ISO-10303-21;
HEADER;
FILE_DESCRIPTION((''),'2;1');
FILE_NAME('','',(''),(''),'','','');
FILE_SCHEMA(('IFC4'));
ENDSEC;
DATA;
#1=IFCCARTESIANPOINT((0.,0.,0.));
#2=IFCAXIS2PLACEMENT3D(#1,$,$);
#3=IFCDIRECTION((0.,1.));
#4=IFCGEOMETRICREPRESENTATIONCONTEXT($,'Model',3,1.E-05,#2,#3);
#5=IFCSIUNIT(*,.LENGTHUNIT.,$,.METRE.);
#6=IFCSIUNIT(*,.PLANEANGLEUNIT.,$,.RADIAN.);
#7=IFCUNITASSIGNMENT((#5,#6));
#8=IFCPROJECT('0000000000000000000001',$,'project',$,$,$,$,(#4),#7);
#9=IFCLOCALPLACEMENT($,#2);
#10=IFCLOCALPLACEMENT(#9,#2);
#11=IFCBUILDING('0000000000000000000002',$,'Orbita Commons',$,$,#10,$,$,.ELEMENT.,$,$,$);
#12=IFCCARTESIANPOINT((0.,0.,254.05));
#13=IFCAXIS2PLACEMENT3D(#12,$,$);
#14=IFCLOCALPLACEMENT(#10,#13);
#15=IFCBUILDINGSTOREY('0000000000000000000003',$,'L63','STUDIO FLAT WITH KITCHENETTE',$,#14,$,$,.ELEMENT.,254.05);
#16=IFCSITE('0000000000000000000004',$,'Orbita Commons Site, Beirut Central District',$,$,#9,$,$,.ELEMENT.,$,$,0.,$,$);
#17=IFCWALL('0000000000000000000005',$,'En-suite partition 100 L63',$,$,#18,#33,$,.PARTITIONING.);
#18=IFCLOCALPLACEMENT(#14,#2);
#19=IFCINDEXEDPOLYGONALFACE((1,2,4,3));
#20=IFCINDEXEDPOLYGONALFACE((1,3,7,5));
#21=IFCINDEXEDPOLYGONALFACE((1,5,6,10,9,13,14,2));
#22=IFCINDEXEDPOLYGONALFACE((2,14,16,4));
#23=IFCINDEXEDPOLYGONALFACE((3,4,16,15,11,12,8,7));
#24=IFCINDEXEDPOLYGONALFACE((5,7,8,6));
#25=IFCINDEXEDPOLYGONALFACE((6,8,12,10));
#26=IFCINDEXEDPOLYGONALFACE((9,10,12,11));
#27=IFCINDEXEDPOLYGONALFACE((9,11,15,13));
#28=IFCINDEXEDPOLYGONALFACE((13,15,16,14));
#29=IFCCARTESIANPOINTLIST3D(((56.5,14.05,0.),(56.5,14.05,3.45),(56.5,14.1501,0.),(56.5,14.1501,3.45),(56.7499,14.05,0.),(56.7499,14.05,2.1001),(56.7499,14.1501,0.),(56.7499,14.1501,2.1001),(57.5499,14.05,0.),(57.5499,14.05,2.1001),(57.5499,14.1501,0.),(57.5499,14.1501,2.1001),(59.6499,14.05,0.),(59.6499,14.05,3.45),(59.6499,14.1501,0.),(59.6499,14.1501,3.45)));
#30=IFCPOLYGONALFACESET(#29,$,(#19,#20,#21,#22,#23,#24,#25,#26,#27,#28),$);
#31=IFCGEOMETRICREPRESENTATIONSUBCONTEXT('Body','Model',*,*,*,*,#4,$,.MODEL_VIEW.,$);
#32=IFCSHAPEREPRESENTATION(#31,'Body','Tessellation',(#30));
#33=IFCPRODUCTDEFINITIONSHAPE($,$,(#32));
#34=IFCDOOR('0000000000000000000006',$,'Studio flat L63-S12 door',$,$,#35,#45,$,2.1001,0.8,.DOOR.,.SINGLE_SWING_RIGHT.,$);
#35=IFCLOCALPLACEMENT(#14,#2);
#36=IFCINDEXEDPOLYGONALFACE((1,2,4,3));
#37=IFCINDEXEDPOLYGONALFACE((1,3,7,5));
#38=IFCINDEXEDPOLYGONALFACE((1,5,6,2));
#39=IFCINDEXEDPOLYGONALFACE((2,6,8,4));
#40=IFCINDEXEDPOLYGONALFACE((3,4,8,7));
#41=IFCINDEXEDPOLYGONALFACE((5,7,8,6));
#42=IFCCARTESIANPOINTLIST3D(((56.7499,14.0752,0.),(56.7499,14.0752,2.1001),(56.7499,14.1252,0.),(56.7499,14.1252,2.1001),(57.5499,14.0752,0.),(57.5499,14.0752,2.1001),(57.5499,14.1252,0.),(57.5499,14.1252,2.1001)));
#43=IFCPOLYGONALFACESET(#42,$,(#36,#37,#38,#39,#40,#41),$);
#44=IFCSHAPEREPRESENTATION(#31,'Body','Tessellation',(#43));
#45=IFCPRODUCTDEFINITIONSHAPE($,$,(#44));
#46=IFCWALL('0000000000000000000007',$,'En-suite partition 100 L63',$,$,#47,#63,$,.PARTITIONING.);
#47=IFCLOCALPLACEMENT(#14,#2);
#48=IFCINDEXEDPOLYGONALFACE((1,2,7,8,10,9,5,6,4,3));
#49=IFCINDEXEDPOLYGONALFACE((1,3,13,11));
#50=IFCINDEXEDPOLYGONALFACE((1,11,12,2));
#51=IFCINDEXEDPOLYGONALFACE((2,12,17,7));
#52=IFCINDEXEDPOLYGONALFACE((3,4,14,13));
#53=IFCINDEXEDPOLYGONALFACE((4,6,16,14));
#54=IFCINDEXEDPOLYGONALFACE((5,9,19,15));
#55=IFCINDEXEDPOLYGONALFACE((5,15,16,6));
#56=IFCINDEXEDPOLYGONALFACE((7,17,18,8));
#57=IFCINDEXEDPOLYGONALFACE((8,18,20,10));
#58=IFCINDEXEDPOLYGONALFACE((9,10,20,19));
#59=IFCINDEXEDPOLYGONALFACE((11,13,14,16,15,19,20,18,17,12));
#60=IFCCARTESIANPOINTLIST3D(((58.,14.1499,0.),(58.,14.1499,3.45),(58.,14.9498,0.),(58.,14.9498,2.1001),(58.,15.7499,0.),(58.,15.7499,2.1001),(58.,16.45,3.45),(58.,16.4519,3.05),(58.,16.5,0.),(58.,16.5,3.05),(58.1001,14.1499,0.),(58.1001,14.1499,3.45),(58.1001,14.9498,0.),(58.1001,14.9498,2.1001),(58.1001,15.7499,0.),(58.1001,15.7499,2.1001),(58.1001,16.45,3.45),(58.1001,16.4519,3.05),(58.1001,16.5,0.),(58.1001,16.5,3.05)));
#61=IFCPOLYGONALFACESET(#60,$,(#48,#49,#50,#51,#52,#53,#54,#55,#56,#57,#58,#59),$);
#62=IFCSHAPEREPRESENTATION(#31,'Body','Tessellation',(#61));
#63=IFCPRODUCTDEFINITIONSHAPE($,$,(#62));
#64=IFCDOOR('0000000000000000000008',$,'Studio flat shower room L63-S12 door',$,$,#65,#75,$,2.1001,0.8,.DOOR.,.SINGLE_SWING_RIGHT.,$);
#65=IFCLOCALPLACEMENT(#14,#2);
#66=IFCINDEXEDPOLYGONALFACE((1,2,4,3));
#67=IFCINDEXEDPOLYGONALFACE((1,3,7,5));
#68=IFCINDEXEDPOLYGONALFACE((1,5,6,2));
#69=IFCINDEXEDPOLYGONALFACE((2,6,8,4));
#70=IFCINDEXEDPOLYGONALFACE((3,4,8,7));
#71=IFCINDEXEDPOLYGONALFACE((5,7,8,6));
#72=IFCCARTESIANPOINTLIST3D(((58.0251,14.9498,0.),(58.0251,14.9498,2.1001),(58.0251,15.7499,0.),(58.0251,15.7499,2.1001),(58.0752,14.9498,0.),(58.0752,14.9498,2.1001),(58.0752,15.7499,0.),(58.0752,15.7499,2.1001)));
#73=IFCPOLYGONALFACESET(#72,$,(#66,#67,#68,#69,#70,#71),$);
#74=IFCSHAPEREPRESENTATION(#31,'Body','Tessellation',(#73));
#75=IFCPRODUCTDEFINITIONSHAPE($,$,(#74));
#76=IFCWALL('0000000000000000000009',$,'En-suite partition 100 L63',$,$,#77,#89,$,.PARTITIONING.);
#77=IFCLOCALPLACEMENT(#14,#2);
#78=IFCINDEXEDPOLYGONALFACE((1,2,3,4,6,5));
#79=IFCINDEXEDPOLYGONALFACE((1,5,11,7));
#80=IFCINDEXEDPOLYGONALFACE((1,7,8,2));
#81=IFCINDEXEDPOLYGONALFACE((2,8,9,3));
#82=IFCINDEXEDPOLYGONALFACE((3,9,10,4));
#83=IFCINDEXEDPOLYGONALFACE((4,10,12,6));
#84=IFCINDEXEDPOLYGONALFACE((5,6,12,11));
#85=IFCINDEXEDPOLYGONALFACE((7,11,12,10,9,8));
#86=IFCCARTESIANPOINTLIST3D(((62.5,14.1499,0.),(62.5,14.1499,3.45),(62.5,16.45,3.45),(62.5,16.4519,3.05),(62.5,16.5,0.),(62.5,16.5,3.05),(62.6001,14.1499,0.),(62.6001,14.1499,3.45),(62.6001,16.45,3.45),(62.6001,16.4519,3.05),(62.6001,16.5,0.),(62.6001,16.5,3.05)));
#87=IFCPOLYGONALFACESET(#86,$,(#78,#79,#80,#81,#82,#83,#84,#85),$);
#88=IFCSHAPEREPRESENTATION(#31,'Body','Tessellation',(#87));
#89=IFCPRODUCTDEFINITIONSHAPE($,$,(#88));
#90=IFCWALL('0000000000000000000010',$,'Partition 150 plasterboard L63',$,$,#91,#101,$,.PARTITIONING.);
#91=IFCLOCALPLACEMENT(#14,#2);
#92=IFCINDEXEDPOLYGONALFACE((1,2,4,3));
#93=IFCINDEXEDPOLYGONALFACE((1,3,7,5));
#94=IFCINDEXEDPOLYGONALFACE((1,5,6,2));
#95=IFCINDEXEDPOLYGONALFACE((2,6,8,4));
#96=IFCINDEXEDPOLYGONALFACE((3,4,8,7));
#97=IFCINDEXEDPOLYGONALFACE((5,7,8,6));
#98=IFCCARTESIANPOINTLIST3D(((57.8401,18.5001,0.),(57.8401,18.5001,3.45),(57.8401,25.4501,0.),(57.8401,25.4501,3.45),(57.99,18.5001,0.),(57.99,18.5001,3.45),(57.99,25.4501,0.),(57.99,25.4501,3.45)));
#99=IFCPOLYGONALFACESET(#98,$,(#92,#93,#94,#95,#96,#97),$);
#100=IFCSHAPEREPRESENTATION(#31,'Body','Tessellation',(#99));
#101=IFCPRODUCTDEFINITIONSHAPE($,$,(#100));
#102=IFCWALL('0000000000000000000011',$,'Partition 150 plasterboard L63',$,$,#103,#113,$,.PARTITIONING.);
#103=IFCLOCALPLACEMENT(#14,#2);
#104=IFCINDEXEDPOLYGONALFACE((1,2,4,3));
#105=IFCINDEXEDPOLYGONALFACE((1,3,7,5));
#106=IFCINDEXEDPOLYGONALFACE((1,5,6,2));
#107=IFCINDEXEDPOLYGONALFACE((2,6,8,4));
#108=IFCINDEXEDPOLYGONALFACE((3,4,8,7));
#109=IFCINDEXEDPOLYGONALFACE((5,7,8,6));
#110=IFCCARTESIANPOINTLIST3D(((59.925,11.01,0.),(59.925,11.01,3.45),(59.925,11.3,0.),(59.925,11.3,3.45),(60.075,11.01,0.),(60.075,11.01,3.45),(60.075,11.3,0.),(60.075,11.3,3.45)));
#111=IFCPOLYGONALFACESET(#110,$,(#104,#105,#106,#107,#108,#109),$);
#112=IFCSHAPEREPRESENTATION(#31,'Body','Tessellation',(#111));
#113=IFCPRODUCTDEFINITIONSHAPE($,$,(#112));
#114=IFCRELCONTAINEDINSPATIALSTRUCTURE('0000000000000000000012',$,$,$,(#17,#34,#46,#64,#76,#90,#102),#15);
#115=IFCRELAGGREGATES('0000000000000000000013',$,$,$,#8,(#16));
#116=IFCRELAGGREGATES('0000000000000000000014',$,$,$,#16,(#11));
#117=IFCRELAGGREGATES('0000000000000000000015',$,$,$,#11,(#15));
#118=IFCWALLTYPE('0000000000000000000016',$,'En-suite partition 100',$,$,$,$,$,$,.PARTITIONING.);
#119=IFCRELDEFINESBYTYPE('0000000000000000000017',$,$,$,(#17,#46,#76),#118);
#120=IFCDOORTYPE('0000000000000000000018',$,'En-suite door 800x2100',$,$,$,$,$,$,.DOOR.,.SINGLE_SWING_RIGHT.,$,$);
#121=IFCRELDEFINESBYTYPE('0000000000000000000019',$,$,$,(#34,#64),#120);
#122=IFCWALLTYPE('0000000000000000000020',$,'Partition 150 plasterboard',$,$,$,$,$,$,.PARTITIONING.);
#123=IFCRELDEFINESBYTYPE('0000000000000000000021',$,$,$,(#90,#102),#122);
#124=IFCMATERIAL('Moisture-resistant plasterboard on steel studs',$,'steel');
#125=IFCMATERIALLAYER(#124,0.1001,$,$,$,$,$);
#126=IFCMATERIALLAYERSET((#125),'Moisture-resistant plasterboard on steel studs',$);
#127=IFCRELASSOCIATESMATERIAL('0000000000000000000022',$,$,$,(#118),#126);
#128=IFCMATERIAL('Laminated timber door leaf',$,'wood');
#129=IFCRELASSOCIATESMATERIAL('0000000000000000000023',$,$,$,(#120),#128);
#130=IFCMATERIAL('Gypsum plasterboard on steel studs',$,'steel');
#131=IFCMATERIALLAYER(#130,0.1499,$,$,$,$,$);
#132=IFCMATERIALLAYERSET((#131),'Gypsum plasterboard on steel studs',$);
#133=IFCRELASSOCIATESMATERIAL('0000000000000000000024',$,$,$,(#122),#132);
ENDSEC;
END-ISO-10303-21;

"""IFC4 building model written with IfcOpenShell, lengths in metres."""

from ifc_helpers import new_model, si_unit, direction, frame, frame_2d, origin, place, context, subcontext, project, spatial, polyline, rectangle, outline, extrude, material, layer, layer_set, type_object, element, fill, save


model = new_model("IFC4")

# Units and contexts
model_context = context("Model", 3, precision=1e-05, world=origin(), true_north=direction((0.0, 1.0)))
body_context = subcontext(model_context, "Body", "Model", "MODEL_VIEW")
ifc_project = project(units=[si_unit("LENGTHUNIT", "METRE"), si_unit("PLANEANGLEUNIT", "RADIAN")], contexts=[model_context])

# Site, building, storey
site_placement = place(None, origin())
site = spatial("IfcSite", under=ifc_project, at=site_placement, Name="Orbita Commons Site, Beirut Central District", CompositionType="ELEMENT", RefElevation=0.0)
building_placement = place(site_placement, origin())
building = spatial("IfcBuilding", under=site, at=building_placement, Name="Orbita Commons", CompositionType="ELEMENT")
storey_placement = place(building_placement, frame((0.0, 0.0, 254.05)))
storey = spatial("IfcBuildingStorey", under=building, at=storey_placement, Name="L63", Description="STUDIO FLAT WITH KITCHENETTE", CompositionType="ELEMENT", Elevation=254.05)

# Walls, openings, doors
ifc_material_1 = material(Name="Moisture-resistant plasterboard on steel studs", Category="steel")
ifc_layer_1 = layer(ifc_material_1, 0.1001)
ifc_layer_set_1 = layer_set([ifc_layer_1], Name="Moisture-resistant plasterboard on steel studs")
wall_type_1 = type_object("IfcWallType", Name="En-suite partition 100", PredefinedType="PARTITIONING", material=ifc_layer_set_1)
wall_1_placement = place(storey_placement, frame((59.6499, 14.1001, 0.0), z_axis=(0.0, 0.0, 1.0), x_axis=(-1.0, 0.0, 0.0)))
wall_1 = element("IfcWall", 1, at=wall_1_placement, inside=storey, type_object=wall_type_1, Name="En-suite partition 100 L63", PredefinedType="PARTITIONING", context=body_context, shape_type="SweptSolid", body=[
    extrude(rectangle(XDim=3.1499, YDim=0.1001, at=frame_2d((1.575, 0.0))), origin(), (0.0, 0.0, 1.0), 3.45),
])
opening_1_placement = place(wall_1_placement, frame((2.1001, 0.0, 0.0)))
opening_1 = element("IfcOpeningElement", 2, at=opening_1_placement, cuts=wall_1, PredefinedType="OPENING", context=body_context, shape_type="SweptSolid", body=[
    extrude(rectangle(XDim=0.8, YDim=2.1001, at=frame_2d((0.3999, 1.05))), frame((0.0, 0.0601, 0.0), z_axis=(0.0, -1.0, 0.0), x_axis=(1.0, 0.0, 0.0)), (0.0, 0.0, 1.0), 0.1201),
])
ifc_material_2 = material(Name="Laminated timber door leaf", Category="wood")
door_type_1 = type_object("IfcDoorType", Name="En-suite door 800x2100", OperationType="SINGLE_SWING_RIGHT", PredefinedType="DOOR", material=ifc_material_2)
door_1_placement = place(opening_1_placement, origin())
door_1 = element("IfcDoor", 3, at=door_1_placement, inside=storey, type_object=door_type_1, Name="Studio flat L63-S12 door", OperationType="SINGLE_SWING_RIGHT", OverallHeight=2.1001, OverallWidth=0.8, PredefinedType="DOOR", context=body_context, shape_type="SweptSolid", body=[
    extrude(rectangle(XDim=0.8, YDim=2.1001, at=frame_2d((0.3999, 1.05))), frame((0.0, 0.0249, 0.0), z_axis=(0.0, -1.0, 0.0), x_axis=(1.0, 0.0, 0.0)), (0.0, 0.0, 1.0), 0.05),
])
fill(opening_1, door_1)
wall_2_placement = place(storey_placement, frame((58.05, 14.1499, 0.0), z_axis=(0.0, 0.0, 1.0), x_axis=(0.0, 1.0, 0.0)))
wall_2 = element("IfcWall", 4, at=wall_2_placement, inside=storey, type_object=wall_type_1, Name="En-suite partition 100 L63", PredefinedType="PARTITIONING", context=body_context, shape_type="SweptSolid", body=[
    extrude(outline(polyline([(0.0, 0.0), (2.3501, 0.0), (2.3501, 3.05), (2.302, 3.05), (2.3, 3.45), (0.0, 3.45), (0.0, 0.0)])), frame((0.0, 0.05, 0.0), z_axis=(0.0, -1.0, 0.0), x_axis=(1.0, 0.0, 0.0)), (0.0, 0.0, 1.0), 0.1001),
])
opening_2_placement = place(wall_2_placement, frame((0.8, 0.0, 0.0)))
opening_2 = element("IfcOpeningElement", 5, at=opening_2_placement, cuts=wall_2, PredefinedType="OPENING", context=body_context, shape_type="SweptSolid", body=[
    extrude(rectangle(XDim=0.8, YDim=2.1001, at=frame_2d((0.3999, 1.05))), frame((0.0, 0.0601, 0.0), z_axis=(0.0, -1.0, 0.0), x_axis=(1.0, 0.0, 0.0)), (0.0, 0.0, 1.0), 0.1201),
])
door_2_placement = place(opening_2_placement, origin())
door_2 = element("IfcDoor", 6, at=door_2_placement, inside=storey, type_object=door_type_1, Name="Studio flat shower room L63-S12 door", OperationType="SINGLE_SWING_RIGHT", OverallHeight=2.1001, OverallWidth=0.8, PredefinedType="DOOR", context=body_context, shape_type="SweptSolid", body=[
    extrude(rectangle(XDim=0.8, YDim=2.1001, at=frame_2d((0.3999, 1.05))), frame((0.0, 0.0249, 0.0), z_axis=(0.0, -1.0, 0.0), x_axis=(1.0, 0.0, 0.0)), (0.0, 0.0, 1.0), 0.05),
])
fill(opening_2, door_2)

# Walls
wall_3_placement = place(storey_placement, frame((62.55, 14.1499, 0.0), z_axis=(0.0, 0.0, 1.0), x_axis=(0.0, 1.0, 0.0)))
element("IfcWall", 7, at=wall_3_placement, inside=storey, type_object=wall_type_1, Name="En-suite partition 100 L63", PredefinedType="PARTITIONING", context=body_context, shape_type="SweptSolid", body=[
    extrude(outline(polyline([(0.0, 0.0), (2.3501, 0.0), (2.3501, 3.05), (2.302, 3.05), (2.3, 3.45), (0.0, 3.45), (0.0, 0.0)])), frame((0.0, 0.05, 0.0), z_axis=(0.0, -1.0, 0.0), x_axis=(1.0, 0.0, 0.0)), (0.0, 0.0, 1.0), 0.1001),
])
ifc_material_3 = material(Name="Gypsum plasterboard on steel studs", Category="steel")
ifc_layer_2 = layer(ifc_material_3, 0.1499)
ifc_layer_set_2 = layer_set([ifc_layer_2], Name="Gypsum plasterboard on steel studs")
wall_type_2 = type_object("IfcWallType", Name="Partition 150 plasterboard", PredefinedType="PARTITIONING", material=ifc_layer_set_2)
wall_4_placement = place(storey_placement, frame((57.915, 18.5, 0.0), z_axis=(0.0, 0.0, 1.0), x_axis=(0.0, 1.0, 0.0)))
element("IfcWall", 8, at=wall_4_placement, inside=storey, type_object=wall_type_2, Name="Partition 150 plasterboard L63", PredefinedType="PARTITIONING", context=body_context, shape_type="SweptSolid", body=[
    extrude(rectangle(XDim=6.95, YDim=0.1499, at=frame_2d((3.4751, 0.0))), origin(), (0.0, 0.0, 1.0), 3.45),
])
wall_5_placement = place(storey_placement, frame((60.0, 11.3, 0.0), z_axis=(0.0, 0.0, 1.0), x_axis=(0.0, -1.0, 0.0)))
element("IfcWall", 9, at=wall_5_placement, inside=storey, type_object=wall_type_2, Name="Partition 150 plasterboard L63", PredefinedType="PARTITIONING", context=body_context, shape_type="SweptSolid", body=[
    extrude(rectangle(XDim=0.29, YDim=0.1499, at=frame_2d((0.145, 0.0))), origin(), (0.0, 0.0, 1.0), 3.45),
])

save(model, "model.ifc")
